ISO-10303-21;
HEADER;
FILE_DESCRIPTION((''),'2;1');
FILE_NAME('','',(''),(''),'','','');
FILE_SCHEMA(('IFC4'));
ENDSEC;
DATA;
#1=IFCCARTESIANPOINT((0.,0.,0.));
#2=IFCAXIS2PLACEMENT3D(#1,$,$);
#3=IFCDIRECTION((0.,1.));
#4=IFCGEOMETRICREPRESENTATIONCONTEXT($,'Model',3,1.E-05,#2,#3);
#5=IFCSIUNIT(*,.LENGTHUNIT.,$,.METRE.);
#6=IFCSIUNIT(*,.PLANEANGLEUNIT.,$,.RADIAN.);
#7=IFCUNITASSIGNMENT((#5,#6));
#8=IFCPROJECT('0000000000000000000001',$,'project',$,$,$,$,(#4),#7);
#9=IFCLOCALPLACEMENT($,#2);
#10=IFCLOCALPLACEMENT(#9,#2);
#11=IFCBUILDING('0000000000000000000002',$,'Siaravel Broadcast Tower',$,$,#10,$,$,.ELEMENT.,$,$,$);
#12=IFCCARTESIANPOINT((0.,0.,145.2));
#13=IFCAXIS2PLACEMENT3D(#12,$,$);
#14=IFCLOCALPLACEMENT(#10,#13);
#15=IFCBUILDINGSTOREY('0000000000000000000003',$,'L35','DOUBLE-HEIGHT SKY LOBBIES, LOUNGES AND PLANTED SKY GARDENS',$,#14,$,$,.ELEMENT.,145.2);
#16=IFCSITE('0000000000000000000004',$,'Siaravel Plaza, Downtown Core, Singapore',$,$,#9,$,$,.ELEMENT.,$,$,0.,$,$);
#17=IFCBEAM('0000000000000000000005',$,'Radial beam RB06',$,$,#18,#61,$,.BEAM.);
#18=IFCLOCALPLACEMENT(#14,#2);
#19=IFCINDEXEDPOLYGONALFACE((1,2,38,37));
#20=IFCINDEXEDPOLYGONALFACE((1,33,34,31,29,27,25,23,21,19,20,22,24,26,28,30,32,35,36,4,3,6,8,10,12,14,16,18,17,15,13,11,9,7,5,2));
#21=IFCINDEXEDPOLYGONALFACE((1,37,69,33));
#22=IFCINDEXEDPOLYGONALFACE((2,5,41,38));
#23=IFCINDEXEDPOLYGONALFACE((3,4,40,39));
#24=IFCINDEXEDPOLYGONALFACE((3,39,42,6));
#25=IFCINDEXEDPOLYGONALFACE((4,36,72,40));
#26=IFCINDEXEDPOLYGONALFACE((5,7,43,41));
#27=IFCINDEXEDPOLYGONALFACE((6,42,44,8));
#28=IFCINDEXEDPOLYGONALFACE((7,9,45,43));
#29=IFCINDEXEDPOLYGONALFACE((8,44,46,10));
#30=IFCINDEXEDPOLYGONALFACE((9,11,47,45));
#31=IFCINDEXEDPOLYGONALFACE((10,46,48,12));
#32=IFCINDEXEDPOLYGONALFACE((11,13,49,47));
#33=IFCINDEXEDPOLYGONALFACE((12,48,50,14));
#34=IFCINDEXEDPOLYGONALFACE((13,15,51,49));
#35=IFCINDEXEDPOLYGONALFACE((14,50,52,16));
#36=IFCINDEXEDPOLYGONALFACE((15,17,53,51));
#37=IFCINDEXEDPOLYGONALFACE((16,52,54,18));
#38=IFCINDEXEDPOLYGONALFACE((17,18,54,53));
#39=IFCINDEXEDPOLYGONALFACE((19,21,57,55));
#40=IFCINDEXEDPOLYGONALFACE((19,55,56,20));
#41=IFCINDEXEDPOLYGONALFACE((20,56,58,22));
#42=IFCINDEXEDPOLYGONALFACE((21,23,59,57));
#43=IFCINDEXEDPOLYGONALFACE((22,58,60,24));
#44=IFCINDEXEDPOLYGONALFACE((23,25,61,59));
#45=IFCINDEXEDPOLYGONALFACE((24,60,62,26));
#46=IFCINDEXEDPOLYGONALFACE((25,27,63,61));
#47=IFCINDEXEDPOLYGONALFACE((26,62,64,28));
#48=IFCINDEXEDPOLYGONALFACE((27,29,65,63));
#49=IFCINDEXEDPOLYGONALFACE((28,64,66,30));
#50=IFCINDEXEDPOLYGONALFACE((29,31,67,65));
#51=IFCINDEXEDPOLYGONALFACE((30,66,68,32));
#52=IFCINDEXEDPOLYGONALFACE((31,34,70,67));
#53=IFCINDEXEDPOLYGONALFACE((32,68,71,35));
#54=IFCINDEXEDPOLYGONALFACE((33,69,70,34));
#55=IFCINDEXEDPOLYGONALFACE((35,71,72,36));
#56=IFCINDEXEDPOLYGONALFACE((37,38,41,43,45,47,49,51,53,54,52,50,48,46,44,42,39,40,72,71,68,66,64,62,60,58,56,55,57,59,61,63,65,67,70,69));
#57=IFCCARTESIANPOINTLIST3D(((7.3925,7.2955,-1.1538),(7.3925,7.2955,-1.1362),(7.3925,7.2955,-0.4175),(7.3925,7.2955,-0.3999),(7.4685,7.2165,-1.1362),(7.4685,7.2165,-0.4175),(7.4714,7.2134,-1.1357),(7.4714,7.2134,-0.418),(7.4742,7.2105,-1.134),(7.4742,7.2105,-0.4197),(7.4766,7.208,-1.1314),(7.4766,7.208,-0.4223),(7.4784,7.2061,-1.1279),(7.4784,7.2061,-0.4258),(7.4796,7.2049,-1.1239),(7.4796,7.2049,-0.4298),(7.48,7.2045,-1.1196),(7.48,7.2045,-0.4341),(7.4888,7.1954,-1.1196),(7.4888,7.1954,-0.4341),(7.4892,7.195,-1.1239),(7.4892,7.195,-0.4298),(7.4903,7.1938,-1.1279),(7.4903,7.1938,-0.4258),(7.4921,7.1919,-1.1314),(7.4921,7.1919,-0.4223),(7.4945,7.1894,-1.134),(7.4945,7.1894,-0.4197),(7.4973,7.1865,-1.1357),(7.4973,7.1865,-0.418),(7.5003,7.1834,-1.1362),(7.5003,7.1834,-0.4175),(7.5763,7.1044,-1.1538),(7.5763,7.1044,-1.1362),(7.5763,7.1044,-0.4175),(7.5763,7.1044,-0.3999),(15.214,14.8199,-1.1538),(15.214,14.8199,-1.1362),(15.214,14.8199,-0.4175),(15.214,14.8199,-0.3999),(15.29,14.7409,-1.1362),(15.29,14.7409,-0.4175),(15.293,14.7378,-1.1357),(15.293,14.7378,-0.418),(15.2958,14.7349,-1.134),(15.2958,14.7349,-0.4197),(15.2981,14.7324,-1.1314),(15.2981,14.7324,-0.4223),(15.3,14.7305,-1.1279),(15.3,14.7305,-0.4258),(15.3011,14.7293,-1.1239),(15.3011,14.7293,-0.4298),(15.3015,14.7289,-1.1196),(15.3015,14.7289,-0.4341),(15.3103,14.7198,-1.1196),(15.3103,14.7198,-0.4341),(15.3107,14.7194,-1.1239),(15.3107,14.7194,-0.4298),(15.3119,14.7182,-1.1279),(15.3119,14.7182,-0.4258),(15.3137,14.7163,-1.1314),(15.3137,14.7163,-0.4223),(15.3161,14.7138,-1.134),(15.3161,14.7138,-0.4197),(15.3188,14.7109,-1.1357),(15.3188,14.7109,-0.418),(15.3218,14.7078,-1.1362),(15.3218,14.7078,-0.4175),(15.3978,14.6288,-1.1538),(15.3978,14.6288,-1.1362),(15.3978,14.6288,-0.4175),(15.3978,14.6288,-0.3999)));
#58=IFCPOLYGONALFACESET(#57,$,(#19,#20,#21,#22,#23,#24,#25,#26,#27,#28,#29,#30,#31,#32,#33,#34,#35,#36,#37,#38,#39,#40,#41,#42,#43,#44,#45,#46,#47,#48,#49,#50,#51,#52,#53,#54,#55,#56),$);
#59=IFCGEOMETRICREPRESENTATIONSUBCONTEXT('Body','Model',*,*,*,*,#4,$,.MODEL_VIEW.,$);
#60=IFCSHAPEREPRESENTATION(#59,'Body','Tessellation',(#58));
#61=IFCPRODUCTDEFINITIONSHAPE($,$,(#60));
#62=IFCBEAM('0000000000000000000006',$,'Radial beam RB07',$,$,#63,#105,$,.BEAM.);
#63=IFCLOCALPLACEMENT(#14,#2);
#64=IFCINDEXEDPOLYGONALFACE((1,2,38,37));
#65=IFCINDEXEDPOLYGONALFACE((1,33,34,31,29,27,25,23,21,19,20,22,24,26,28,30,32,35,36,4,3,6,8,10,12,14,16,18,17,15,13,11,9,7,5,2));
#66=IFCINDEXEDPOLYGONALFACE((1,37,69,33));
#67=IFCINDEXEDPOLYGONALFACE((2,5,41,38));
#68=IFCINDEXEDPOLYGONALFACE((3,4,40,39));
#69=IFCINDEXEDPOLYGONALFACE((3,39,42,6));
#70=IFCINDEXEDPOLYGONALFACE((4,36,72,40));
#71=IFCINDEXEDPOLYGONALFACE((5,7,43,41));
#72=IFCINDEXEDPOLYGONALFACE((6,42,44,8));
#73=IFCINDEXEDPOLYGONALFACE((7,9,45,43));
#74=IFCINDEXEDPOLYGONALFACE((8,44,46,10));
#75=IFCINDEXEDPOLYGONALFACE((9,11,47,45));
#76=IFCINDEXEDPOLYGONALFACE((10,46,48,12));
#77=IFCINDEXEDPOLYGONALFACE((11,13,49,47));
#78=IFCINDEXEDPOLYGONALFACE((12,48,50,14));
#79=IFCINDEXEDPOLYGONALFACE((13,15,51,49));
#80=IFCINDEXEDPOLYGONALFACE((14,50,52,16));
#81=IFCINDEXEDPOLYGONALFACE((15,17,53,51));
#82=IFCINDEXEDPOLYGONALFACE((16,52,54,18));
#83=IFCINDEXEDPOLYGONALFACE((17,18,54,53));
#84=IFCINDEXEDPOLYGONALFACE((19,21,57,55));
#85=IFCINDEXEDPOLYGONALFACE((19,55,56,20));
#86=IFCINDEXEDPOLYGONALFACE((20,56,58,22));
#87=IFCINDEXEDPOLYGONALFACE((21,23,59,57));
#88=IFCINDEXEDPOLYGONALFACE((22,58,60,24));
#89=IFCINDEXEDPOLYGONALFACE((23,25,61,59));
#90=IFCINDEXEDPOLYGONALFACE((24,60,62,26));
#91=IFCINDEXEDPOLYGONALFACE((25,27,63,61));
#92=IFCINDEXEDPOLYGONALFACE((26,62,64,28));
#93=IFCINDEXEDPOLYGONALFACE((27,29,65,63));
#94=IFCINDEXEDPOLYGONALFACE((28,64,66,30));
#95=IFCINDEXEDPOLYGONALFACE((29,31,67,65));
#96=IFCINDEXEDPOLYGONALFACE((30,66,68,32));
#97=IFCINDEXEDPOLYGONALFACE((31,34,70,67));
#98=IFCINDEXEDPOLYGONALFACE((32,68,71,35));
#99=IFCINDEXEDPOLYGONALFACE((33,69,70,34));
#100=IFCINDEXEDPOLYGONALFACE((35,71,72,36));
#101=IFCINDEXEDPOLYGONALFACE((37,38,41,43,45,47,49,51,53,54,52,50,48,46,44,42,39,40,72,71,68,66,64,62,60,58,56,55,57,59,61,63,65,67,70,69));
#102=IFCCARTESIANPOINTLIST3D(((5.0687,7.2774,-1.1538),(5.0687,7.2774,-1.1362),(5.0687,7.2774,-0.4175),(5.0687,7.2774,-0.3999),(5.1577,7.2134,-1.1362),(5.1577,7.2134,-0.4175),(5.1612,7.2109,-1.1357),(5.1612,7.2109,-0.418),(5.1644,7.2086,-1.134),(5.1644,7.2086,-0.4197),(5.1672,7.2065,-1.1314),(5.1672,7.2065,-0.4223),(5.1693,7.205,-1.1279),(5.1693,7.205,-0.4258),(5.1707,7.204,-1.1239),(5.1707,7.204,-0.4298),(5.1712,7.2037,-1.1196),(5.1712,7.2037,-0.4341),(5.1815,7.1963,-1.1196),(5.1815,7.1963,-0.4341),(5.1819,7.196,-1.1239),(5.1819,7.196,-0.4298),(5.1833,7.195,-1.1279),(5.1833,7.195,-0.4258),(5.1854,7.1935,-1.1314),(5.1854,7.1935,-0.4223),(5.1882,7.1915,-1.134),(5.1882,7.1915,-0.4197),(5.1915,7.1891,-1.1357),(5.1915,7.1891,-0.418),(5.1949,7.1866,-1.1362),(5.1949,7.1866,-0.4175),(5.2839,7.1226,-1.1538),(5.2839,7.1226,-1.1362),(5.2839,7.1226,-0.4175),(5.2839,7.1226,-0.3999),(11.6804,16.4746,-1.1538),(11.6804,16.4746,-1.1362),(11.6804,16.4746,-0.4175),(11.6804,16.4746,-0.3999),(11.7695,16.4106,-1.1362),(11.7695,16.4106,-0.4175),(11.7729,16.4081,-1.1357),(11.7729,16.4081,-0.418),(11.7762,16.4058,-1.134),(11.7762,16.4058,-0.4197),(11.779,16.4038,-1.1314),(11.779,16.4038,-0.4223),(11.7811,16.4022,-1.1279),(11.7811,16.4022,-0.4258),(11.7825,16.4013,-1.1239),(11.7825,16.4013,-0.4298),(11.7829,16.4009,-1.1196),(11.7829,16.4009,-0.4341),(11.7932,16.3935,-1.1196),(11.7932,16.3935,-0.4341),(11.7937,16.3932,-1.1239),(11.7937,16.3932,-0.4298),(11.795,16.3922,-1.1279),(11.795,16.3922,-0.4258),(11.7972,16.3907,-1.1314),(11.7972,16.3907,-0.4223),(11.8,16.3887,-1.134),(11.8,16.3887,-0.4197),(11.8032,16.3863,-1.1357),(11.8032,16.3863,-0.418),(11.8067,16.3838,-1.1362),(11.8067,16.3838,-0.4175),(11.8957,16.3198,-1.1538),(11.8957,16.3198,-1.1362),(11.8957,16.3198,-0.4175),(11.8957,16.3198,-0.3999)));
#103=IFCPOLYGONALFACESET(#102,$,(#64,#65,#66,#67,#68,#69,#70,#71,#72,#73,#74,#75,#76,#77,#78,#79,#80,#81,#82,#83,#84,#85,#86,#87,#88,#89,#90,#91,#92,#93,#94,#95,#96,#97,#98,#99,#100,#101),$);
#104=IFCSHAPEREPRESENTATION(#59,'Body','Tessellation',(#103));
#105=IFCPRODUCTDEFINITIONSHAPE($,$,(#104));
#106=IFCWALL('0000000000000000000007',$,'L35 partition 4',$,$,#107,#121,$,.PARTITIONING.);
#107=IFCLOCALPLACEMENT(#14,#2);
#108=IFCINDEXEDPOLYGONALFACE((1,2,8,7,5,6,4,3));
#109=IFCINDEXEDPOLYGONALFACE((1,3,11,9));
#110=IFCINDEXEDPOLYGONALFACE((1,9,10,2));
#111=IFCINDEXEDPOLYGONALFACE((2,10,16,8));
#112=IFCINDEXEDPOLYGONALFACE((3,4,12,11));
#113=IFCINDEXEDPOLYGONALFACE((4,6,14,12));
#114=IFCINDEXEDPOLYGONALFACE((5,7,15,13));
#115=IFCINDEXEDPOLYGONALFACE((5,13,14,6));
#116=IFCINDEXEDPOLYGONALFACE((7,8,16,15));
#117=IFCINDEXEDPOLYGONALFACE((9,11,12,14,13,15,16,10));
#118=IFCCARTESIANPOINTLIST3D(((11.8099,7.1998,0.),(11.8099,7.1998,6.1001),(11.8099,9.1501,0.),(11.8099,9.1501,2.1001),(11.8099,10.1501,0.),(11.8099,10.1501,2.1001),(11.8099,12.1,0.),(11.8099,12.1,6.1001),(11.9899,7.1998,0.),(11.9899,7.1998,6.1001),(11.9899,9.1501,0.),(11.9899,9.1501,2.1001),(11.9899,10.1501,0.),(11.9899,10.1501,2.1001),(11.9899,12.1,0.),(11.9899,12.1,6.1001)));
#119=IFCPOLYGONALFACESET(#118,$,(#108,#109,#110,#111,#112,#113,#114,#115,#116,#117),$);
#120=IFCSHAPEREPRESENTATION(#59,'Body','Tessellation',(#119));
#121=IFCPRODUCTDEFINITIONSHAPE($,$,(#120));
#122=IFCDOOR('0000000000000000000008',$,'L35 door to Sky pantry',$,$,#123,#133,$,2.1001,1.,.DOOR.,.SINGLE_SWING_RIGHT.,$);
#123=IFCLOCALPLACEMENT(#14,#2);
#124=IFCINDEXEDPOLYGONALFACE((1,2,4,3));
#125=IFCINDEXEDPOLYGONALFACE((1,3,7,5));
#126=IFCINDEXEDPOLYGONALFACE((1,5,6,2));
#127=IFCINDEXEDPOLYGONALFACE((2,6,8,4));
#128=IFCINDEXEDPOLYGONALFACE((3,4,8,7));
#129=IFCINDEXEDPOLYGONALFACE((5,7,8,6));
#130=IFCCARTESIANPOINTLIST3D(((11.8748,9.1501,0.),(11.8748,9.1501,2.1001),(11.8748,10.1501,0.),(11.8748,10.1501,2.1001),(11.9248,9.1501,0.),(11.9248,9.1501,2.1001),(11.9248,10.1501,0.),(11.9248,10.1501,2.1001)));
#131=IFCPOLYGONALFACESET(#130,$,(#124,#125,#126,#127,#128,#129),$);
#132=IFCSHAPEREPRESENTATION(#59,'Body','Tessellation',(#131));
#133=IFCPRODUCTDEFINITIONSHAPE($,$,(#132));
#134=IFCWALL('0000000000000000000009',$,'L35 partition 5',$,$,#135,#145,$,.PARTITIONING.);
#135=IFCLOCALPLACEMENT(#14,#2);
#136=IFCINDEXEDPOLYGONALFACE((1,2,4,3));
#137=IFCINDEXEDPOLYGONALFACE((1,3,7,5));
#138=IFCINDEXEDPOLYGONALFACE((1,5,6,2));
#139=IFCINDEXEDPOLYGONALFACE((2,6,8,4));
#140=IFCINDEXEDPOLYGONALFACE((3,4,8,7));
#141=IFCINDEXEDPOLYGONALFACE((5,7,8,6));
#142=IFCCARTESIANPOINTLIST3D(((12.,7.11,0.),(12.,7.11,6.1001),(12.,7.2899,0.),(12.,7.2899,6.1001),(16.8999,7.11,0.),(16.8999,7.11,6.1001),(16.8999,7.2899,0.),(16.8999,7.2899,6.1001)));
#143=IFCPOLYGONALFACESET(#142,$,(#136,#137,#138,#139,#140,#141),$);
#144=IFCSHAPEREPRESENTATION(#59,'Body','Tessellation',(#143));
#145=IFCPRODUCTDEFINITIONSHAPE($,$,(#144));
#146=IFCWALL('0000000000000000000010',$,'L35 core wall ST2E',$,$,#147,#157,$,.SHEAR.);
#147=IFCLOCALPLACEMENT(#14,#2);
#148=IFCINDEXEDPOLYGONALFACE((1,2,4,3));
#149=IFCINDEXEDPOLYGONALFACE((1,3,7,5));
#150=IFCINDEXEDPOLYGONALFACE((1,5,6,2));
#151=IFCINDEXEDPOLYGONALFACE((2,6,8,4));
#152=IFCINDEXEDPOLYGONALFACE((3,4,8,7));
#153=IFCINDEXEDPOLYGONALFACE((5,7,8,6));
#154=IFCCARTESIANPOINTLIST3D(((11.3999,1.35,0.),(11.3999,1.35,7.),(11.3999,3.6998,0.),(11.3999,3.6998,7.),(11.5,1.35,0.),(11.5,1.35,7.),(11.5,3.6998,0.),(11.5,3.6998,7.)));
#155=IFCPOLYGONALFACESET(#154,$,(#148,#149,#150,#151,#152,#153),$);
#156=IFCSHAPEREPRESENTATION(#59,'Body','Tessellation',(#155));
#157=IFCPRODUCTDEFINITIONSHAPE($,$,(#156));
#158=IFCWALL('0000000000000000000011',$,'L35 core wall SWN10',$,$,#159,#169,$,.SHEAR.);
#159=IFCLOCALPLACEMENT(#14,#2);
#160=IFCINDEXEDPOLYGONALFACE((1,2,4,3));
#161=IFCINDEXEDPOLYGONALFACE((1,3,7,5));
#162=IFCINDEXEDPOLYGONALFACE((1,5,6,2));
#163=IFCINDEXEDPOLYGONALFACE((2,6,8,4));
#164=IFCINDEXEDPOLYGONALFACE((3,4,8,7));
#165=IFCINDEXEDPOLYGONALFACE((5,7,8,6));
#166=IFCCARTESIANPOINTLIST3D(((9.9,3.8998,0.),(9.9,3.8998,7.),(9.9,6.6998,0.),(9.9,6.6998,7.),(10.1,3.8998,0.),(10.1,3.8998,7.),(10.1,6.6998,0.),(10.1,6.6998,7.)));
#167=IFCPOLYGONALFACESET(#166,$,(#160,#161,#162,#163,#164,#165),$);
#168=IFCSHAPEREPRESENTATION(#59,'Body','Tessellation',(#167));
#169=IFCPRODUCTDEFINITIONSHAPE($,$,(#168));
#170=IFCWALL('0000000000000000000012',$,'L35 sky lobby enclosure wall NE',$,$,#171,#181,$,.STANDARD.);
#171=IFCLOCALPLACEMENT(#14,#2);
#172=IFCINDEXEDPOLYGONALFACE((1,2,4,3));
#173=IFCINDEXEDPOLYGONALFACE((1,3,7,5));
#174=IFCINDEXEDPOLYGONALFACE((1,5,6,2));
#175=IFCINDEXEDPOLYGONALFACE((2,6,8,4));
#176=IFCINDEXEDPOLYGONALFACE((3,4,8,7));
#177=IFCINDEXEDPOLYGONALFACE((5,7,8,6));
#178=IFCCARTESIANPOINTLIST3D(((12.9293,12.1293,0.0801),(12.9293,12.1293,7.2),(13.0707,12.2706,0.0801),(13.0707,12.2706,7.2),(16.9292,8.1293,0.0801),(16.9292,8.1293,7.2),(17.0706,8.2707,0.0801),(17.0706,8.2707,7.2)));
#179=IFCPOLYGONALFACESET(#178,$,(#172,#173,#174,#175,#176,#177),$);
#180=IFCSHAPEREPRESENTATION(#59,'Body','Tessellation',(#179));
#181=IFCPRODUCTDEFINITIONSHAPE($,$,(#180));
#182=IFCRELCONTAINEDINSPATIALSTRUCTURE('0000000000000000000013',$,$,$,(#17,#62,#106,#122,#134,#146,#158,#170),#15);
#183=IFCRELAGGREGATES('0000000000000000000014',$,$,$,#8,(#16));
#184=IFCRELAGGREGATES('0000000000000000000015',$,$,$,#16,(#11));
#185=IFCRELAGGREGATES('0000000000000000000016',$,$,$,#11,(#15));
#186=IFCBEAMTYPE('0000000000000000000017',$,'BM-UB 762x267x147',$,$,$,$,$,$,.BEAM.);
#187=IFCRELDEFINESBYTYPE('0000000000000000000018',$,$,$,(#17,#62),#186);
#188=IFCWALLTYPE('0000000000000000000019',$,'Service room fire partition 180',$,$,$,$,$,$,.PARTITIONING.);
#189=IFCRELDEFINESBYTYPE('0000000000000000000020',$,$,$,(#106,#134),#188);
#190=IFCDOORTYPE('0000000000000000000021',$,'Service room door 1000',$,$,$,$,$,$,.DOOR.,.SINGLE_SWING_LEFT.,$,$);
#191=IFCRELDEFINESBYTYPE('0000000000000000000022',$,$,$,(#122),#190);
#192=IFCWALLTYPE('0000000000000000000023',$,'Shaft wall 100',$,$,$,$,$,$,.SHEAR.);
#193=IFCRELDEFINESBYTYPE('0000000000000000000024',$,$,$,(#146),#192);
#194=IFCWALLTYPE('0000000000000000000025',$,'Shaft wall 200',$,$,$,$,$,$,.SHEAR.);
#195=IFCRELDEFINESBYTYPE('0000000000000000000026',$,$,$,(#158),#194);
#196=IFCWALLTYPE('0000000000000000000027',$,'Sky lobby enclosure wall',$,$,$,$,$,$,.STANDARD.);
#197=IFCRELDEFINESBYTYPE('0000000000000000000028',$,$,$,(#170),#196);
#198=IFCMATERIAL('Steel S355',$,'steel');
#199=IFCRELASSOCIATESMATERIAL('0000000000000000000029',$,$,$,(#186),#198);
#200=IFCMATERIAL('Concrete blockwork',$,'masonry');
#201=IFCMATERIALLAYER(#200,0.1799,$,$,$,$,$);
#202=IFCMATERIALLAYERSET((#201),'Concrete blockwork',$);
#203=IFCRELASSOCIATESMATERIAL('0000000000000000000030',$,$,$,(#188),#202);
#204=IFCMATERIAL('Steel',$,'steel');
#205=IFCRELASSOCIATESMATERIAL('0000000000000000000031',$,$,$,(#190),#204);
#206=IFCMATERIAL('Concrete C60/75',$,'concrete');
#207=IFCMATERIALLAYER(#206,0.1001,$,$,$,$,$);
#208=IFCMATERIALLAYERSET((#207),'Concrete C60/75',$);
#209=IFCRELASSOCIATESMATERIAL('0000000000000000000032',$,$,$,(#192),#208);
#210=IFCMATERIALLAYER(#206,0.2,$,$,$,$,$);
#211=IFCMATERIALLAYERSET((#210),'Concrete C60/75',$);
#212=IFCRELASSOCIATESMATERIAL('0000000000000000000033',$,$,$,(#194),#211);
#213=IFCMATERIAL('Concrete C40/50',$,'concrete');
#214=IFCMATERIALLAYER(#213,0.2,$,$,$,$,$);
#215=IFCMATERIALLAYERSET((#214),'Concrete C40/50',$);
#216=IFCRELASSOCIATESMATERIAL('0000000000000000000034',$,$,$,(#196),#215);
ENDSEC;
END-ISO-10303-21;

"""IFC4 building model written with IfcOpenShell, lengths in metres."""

from ifc_helpers import new_model, si_unit, direction, frame, frame_2d, origin, origin_2d, place, context, subcontext, project, spatial, rectangle, i_section, extrude, material, layer, layer_set, material_profile, profile_set, type_object, element, fill, save


model = new_model("IFC4")

# Units and contexts
model_context = context("Model", 3, precision=1e-05, world=origin(), true_north=direction((0.0, 1.0)))
body_context = subcontext(model_context, "Body", "Model", "MODEL_VIEW")
ifc_project = project(units=[si_unit("LENGTHUNIT", "METRE"), si_unit("PLANEANGLEUNIT", "RADIAN")], contexts=[model_context])

# Site, building, storey
site_placement = place(None, origin())
site = spatial("IfcSite", under=ifc_project, at=site_placement, Name="Siaravel Plaza, Downtown Core, Singapore", CompositionType="ELEMENT", RefElevation=0.0)
building_placement = place(site_placement, origin())
building = spatial("IfcBuilding", under=site, at=building_placement, Name="Siaravel Broadcast Tower", CompositionType="ELEMENT")
storey_placement = place(building_placement, frame((0.0, 0.0, 145.2)))
storey = spatial("IfcBuildingStorey", under=building, at=storey_placement, Name="L35", Description="DOUBLE-HEIGHT SKY LOBBIES, LOUNGES AND PLANTED SKY GARDENS", CompositionType="ELEMENT", Elevation=145.2)

# Shared definitions
ifc_material_1 = material(Name="Concrete C60/75", Category="concrete")

# Beams
ifc_material_2 = material(Name="Steel S355", Category="steel")
ifc_material_profile_1 = material_profile(ifc_material_2, i_section(OverallWidth=0.2651, OverallDepth=0.7539, WebThickness=0.0127, FlangeThickness=0.0176, FilletRadius=0.0166, at=origin_2d()))
ifc_profile_set_1 = profile_set([ifc_material_profile_1], Name="Steel S355")
beam_type = type_object("IfcBeamType", Name="BM-UB 762x267x147", PredefinedType="BEAM", material=ifc_profile_set_1)
beam_1_placement = place(storey_placement, frame((15.3059, 14.7244, -0.7769), z_axis=(-0.720662, -0.693286, 0.0), x_axis=(0.693286, -0.720662, 0.0)))
element("IfcBeam", 1, at=beam_1_placement, inside=storey, type_object=beam_type, Name="Radial beam RB06", PredefinedType="BEAM", context=body_context, shape_type="SweptSolid", body=[
    extrude(i_section(OverallWidth=0.2651, OverallDepth=0.7539, WebThickness=0.0127, FlangeThickness=0.0176, FilletRadius=0.0166, at=origin_2d()), origin(), (0.0, 0.0, 1.0), 10.8533),
])
beam_2_placement = place(storey_placement, frame((11.7881, 16.3972, -0.7769), z_axis=(-0.583711, -0.811962, 0.0), x_axis=(0.811962, -0.583711, 0.0)))
element("IfcBeam", 2, at=beam_2_placement, inside=storey, type_object=beam_type, Name="Radial beam RB07", PredefinedType="BEAM", context=body_context, shape_type="SweptSolid", body=[
    extrude(i_section(OverallWidth=0.2651, OverallDepth=0.7539, WebThickness=0.0127, FlangeThickness=0.0176, FilletRadius=0.0166, at=origin_2d()), origin(), (0.0, 0.0, 1.0), 11.3271),
])

# Wall, opening, door
ifc_material_3 = material(Name="Concrete blockwork", Category="masonry")
ifc_layer_1 = layer(ifc_material_3, 0.1799)
ifc_layer_set_1 = layer_set([ifc_layer_1], Name="Concrete blockwork")
wall_type_1 = type_object("IfcWallType", Name="Service room fire partition 180", PredefinedType="PARTITIONING", material=ifc_layer_set_1)
wall_1_placement = place(storey_placement, frame((11.8999, 12.1001, 0.0), z_axis=(0.0, 0.0, 1.0), x_axis=(0.0, -1.0, 0.0)))
wall_1 = element("IfcWall", 3, at=wall_1_placement, inside=storey, type_object=wall_type_1, Name="L35 partition 4", PredefinedType="PARTITIONING", context=body_context, shape_type="SweptSolid", body=[
    extrude(rectangle(XDim=4.9001, YDim=0.1799, at=frame_2d((2.4502, 0.0))), origin(), (0.0, 0.0, 1.0), 6.1001),
])
opening_1_placement = place(wall_1_placement, frame((1.95, 0.0, 0.0)))
opening_1 = element("IfcOpeningElement", 4, at=opening_1_placement, cuts=wall_1, PredefinedType="OPENING", context=body_context, shape_type="SweptSolid", body=[
    extrude(rectangle(XDim=1.0, YDim=2.1001, at=frame_2d((0.5, 1.05))), frame((0.0, 0.0999, 0.0), z_axis=(0.0, -1.0, 0.0), x_axis=(1.0, 0.0, 0.0)), (0.0, 0.0, 1.0), 0.2),
])
ifc_material_4 = material(Name="Steel", Category="steel")
door_type_1 = type_object("IfcDoorType", Name="Service room door 1000", OperationType="SINGLE_SWING_LEFT", PredefinedType="DOOR", material=ifc_material_4)
door_1_placement = place(opening_1_placement, origin())
door_1 = element("IfcDoor", 5, at=door_1_placement, inside=storey, type_object=door_type_1, Name="L35 door to Sky pantry", OperationType="SINGLE_SWING_RIGHT", OverallHeight=2.1001, OverallWidth=1.0, PredefinedType="DOOR", context=body_context, shape_type="SweptSolid", body=[
    extrude(rectangle(XDim=1.0, YDim=2.1001, at=frame_2d((0.5, 1.05))), frame((0.0, 0.0249, 0.0), z_axis=(0.0, -1.0, 0.0), x_axis=(1.0, 0.0, 0.0)), (0.0, 0.0, 1.0), 0.05),
])
fill(opening_1, door_1)

# Walls
wall_2_placement = place(storey_placement, frame((12.0, 7.2, 0.0), z_axis=(0.0, 0.0, 1.0), x_axis=(1.0, 0.0, 0.0)))
element("IfcWall", 6, at=wall_2_placement, inside=storey, type_object=wall_type_1, Name="L35 partition 5", PredefinedType="PARTITIONING", context=body_context, shape_type="SweptSolid", body=[
    extrude(rectangle(XDim=4.8999, YDim=0.1799, at=frame_2d((2.45, 0.0))), origin(), (0.0, 0.0, 1.0), 6.1001),
])
ifc_layer_2 = layer(ifc_material_1, 0.1001)
ifc_layer_set_2 = layer_set([ifc_layer_2], Name="Concrete C60/75")
wall_type_2 = type_object("IfcWallType", Name="Shaft wall 100", PredefinedType="SHEAR", material=ifc_layer_set_2)
wall_3_placement = place(storey_placement, frame((11.45, 1.3501, 0.0), z_axis=(0.0, 0.0, 1.0), x_axis=(0.0, 1.0, 0.0)))
element("IfcWall", 7, at=wall_3_placement, inside=storey, type_object=wall_type_2, Name="L35 core wall ST2E", PredefinedType="SHEAR", context=body_context, shape_type="SweptSolid", body=[
    extrude(rectangle(XDim=2.3499, YDim=0.1001, at=frame_2d((1.1748, 0.0))), origin(), (0.0, 0.0, 1.0), 7.0),
])
ifc_layer_3 = layer(ifc_material_1, 0.2)
ifc_layer_set_3 = layer_set([ifc_layer_3], Name="Concrete C60/75")
wall_type_3 = type_object("IfcWallType", Name="Shaft wall 200", PredefinedType="SHEAR", material=ifc_layer_set_3)
wall_4_placement = place(storey_placement, frame((10.0, 3.8999, 0.0), z_axis=(0.0, 0.0, 1.0), x_axis=(0.0, 1.0, 0.0)))
element("IfcWall", 8, at=wall_4_placement, inside=storey, type_object=wall_type_3, Name="L35 core wall SWN10", PredefinedType="SHEAR", context=body_context, shape_type="SweptSolid", body=[
    extrude(rectangle(XDim=2.8, YDim=0.2, at=frame_2d((1.3999, 0.0))), origin(), (0.0, 0.0, 1.0), 7.0),
])
ifc_material_5 = material(Name="Concrete C40/50", Category="concrete")
ifc_layer_4 = layer(ifc_material_5, 0.2)
ifc_layer_set_4 = layer_set([ifc_layer_4], Name="Concrete C40/50")
wall_type_4 = type_object("IfcWallType", Name="Sky lobby enclosure wall", PredefinedType="STANDARD", material=ifc_layer_set_4)
wall_5_placement = place(storey_placement, frame((13.0, 12.2, 0.0801), z_axis=(0.0, 0.0, 1.0), x_axis=(0.707107, -0.707107, 0.0)))
element("IfcWall", 9, at=wall_5_placement, inside=storey, type_object=wall_type_4, Name="L35 sky lobby enclosure wall NE", PredefinedType="STANDARD", context=body_context, shape_type="SweptSolid", body=[
    extrude(rectangle(XDim=5.6567, YDim=0.2, at=frame_2d((2.8284, 0.0))), origin(), (0.0, 0.0, 1.0), 7.1199),
])

save(model, "model.ifc")
